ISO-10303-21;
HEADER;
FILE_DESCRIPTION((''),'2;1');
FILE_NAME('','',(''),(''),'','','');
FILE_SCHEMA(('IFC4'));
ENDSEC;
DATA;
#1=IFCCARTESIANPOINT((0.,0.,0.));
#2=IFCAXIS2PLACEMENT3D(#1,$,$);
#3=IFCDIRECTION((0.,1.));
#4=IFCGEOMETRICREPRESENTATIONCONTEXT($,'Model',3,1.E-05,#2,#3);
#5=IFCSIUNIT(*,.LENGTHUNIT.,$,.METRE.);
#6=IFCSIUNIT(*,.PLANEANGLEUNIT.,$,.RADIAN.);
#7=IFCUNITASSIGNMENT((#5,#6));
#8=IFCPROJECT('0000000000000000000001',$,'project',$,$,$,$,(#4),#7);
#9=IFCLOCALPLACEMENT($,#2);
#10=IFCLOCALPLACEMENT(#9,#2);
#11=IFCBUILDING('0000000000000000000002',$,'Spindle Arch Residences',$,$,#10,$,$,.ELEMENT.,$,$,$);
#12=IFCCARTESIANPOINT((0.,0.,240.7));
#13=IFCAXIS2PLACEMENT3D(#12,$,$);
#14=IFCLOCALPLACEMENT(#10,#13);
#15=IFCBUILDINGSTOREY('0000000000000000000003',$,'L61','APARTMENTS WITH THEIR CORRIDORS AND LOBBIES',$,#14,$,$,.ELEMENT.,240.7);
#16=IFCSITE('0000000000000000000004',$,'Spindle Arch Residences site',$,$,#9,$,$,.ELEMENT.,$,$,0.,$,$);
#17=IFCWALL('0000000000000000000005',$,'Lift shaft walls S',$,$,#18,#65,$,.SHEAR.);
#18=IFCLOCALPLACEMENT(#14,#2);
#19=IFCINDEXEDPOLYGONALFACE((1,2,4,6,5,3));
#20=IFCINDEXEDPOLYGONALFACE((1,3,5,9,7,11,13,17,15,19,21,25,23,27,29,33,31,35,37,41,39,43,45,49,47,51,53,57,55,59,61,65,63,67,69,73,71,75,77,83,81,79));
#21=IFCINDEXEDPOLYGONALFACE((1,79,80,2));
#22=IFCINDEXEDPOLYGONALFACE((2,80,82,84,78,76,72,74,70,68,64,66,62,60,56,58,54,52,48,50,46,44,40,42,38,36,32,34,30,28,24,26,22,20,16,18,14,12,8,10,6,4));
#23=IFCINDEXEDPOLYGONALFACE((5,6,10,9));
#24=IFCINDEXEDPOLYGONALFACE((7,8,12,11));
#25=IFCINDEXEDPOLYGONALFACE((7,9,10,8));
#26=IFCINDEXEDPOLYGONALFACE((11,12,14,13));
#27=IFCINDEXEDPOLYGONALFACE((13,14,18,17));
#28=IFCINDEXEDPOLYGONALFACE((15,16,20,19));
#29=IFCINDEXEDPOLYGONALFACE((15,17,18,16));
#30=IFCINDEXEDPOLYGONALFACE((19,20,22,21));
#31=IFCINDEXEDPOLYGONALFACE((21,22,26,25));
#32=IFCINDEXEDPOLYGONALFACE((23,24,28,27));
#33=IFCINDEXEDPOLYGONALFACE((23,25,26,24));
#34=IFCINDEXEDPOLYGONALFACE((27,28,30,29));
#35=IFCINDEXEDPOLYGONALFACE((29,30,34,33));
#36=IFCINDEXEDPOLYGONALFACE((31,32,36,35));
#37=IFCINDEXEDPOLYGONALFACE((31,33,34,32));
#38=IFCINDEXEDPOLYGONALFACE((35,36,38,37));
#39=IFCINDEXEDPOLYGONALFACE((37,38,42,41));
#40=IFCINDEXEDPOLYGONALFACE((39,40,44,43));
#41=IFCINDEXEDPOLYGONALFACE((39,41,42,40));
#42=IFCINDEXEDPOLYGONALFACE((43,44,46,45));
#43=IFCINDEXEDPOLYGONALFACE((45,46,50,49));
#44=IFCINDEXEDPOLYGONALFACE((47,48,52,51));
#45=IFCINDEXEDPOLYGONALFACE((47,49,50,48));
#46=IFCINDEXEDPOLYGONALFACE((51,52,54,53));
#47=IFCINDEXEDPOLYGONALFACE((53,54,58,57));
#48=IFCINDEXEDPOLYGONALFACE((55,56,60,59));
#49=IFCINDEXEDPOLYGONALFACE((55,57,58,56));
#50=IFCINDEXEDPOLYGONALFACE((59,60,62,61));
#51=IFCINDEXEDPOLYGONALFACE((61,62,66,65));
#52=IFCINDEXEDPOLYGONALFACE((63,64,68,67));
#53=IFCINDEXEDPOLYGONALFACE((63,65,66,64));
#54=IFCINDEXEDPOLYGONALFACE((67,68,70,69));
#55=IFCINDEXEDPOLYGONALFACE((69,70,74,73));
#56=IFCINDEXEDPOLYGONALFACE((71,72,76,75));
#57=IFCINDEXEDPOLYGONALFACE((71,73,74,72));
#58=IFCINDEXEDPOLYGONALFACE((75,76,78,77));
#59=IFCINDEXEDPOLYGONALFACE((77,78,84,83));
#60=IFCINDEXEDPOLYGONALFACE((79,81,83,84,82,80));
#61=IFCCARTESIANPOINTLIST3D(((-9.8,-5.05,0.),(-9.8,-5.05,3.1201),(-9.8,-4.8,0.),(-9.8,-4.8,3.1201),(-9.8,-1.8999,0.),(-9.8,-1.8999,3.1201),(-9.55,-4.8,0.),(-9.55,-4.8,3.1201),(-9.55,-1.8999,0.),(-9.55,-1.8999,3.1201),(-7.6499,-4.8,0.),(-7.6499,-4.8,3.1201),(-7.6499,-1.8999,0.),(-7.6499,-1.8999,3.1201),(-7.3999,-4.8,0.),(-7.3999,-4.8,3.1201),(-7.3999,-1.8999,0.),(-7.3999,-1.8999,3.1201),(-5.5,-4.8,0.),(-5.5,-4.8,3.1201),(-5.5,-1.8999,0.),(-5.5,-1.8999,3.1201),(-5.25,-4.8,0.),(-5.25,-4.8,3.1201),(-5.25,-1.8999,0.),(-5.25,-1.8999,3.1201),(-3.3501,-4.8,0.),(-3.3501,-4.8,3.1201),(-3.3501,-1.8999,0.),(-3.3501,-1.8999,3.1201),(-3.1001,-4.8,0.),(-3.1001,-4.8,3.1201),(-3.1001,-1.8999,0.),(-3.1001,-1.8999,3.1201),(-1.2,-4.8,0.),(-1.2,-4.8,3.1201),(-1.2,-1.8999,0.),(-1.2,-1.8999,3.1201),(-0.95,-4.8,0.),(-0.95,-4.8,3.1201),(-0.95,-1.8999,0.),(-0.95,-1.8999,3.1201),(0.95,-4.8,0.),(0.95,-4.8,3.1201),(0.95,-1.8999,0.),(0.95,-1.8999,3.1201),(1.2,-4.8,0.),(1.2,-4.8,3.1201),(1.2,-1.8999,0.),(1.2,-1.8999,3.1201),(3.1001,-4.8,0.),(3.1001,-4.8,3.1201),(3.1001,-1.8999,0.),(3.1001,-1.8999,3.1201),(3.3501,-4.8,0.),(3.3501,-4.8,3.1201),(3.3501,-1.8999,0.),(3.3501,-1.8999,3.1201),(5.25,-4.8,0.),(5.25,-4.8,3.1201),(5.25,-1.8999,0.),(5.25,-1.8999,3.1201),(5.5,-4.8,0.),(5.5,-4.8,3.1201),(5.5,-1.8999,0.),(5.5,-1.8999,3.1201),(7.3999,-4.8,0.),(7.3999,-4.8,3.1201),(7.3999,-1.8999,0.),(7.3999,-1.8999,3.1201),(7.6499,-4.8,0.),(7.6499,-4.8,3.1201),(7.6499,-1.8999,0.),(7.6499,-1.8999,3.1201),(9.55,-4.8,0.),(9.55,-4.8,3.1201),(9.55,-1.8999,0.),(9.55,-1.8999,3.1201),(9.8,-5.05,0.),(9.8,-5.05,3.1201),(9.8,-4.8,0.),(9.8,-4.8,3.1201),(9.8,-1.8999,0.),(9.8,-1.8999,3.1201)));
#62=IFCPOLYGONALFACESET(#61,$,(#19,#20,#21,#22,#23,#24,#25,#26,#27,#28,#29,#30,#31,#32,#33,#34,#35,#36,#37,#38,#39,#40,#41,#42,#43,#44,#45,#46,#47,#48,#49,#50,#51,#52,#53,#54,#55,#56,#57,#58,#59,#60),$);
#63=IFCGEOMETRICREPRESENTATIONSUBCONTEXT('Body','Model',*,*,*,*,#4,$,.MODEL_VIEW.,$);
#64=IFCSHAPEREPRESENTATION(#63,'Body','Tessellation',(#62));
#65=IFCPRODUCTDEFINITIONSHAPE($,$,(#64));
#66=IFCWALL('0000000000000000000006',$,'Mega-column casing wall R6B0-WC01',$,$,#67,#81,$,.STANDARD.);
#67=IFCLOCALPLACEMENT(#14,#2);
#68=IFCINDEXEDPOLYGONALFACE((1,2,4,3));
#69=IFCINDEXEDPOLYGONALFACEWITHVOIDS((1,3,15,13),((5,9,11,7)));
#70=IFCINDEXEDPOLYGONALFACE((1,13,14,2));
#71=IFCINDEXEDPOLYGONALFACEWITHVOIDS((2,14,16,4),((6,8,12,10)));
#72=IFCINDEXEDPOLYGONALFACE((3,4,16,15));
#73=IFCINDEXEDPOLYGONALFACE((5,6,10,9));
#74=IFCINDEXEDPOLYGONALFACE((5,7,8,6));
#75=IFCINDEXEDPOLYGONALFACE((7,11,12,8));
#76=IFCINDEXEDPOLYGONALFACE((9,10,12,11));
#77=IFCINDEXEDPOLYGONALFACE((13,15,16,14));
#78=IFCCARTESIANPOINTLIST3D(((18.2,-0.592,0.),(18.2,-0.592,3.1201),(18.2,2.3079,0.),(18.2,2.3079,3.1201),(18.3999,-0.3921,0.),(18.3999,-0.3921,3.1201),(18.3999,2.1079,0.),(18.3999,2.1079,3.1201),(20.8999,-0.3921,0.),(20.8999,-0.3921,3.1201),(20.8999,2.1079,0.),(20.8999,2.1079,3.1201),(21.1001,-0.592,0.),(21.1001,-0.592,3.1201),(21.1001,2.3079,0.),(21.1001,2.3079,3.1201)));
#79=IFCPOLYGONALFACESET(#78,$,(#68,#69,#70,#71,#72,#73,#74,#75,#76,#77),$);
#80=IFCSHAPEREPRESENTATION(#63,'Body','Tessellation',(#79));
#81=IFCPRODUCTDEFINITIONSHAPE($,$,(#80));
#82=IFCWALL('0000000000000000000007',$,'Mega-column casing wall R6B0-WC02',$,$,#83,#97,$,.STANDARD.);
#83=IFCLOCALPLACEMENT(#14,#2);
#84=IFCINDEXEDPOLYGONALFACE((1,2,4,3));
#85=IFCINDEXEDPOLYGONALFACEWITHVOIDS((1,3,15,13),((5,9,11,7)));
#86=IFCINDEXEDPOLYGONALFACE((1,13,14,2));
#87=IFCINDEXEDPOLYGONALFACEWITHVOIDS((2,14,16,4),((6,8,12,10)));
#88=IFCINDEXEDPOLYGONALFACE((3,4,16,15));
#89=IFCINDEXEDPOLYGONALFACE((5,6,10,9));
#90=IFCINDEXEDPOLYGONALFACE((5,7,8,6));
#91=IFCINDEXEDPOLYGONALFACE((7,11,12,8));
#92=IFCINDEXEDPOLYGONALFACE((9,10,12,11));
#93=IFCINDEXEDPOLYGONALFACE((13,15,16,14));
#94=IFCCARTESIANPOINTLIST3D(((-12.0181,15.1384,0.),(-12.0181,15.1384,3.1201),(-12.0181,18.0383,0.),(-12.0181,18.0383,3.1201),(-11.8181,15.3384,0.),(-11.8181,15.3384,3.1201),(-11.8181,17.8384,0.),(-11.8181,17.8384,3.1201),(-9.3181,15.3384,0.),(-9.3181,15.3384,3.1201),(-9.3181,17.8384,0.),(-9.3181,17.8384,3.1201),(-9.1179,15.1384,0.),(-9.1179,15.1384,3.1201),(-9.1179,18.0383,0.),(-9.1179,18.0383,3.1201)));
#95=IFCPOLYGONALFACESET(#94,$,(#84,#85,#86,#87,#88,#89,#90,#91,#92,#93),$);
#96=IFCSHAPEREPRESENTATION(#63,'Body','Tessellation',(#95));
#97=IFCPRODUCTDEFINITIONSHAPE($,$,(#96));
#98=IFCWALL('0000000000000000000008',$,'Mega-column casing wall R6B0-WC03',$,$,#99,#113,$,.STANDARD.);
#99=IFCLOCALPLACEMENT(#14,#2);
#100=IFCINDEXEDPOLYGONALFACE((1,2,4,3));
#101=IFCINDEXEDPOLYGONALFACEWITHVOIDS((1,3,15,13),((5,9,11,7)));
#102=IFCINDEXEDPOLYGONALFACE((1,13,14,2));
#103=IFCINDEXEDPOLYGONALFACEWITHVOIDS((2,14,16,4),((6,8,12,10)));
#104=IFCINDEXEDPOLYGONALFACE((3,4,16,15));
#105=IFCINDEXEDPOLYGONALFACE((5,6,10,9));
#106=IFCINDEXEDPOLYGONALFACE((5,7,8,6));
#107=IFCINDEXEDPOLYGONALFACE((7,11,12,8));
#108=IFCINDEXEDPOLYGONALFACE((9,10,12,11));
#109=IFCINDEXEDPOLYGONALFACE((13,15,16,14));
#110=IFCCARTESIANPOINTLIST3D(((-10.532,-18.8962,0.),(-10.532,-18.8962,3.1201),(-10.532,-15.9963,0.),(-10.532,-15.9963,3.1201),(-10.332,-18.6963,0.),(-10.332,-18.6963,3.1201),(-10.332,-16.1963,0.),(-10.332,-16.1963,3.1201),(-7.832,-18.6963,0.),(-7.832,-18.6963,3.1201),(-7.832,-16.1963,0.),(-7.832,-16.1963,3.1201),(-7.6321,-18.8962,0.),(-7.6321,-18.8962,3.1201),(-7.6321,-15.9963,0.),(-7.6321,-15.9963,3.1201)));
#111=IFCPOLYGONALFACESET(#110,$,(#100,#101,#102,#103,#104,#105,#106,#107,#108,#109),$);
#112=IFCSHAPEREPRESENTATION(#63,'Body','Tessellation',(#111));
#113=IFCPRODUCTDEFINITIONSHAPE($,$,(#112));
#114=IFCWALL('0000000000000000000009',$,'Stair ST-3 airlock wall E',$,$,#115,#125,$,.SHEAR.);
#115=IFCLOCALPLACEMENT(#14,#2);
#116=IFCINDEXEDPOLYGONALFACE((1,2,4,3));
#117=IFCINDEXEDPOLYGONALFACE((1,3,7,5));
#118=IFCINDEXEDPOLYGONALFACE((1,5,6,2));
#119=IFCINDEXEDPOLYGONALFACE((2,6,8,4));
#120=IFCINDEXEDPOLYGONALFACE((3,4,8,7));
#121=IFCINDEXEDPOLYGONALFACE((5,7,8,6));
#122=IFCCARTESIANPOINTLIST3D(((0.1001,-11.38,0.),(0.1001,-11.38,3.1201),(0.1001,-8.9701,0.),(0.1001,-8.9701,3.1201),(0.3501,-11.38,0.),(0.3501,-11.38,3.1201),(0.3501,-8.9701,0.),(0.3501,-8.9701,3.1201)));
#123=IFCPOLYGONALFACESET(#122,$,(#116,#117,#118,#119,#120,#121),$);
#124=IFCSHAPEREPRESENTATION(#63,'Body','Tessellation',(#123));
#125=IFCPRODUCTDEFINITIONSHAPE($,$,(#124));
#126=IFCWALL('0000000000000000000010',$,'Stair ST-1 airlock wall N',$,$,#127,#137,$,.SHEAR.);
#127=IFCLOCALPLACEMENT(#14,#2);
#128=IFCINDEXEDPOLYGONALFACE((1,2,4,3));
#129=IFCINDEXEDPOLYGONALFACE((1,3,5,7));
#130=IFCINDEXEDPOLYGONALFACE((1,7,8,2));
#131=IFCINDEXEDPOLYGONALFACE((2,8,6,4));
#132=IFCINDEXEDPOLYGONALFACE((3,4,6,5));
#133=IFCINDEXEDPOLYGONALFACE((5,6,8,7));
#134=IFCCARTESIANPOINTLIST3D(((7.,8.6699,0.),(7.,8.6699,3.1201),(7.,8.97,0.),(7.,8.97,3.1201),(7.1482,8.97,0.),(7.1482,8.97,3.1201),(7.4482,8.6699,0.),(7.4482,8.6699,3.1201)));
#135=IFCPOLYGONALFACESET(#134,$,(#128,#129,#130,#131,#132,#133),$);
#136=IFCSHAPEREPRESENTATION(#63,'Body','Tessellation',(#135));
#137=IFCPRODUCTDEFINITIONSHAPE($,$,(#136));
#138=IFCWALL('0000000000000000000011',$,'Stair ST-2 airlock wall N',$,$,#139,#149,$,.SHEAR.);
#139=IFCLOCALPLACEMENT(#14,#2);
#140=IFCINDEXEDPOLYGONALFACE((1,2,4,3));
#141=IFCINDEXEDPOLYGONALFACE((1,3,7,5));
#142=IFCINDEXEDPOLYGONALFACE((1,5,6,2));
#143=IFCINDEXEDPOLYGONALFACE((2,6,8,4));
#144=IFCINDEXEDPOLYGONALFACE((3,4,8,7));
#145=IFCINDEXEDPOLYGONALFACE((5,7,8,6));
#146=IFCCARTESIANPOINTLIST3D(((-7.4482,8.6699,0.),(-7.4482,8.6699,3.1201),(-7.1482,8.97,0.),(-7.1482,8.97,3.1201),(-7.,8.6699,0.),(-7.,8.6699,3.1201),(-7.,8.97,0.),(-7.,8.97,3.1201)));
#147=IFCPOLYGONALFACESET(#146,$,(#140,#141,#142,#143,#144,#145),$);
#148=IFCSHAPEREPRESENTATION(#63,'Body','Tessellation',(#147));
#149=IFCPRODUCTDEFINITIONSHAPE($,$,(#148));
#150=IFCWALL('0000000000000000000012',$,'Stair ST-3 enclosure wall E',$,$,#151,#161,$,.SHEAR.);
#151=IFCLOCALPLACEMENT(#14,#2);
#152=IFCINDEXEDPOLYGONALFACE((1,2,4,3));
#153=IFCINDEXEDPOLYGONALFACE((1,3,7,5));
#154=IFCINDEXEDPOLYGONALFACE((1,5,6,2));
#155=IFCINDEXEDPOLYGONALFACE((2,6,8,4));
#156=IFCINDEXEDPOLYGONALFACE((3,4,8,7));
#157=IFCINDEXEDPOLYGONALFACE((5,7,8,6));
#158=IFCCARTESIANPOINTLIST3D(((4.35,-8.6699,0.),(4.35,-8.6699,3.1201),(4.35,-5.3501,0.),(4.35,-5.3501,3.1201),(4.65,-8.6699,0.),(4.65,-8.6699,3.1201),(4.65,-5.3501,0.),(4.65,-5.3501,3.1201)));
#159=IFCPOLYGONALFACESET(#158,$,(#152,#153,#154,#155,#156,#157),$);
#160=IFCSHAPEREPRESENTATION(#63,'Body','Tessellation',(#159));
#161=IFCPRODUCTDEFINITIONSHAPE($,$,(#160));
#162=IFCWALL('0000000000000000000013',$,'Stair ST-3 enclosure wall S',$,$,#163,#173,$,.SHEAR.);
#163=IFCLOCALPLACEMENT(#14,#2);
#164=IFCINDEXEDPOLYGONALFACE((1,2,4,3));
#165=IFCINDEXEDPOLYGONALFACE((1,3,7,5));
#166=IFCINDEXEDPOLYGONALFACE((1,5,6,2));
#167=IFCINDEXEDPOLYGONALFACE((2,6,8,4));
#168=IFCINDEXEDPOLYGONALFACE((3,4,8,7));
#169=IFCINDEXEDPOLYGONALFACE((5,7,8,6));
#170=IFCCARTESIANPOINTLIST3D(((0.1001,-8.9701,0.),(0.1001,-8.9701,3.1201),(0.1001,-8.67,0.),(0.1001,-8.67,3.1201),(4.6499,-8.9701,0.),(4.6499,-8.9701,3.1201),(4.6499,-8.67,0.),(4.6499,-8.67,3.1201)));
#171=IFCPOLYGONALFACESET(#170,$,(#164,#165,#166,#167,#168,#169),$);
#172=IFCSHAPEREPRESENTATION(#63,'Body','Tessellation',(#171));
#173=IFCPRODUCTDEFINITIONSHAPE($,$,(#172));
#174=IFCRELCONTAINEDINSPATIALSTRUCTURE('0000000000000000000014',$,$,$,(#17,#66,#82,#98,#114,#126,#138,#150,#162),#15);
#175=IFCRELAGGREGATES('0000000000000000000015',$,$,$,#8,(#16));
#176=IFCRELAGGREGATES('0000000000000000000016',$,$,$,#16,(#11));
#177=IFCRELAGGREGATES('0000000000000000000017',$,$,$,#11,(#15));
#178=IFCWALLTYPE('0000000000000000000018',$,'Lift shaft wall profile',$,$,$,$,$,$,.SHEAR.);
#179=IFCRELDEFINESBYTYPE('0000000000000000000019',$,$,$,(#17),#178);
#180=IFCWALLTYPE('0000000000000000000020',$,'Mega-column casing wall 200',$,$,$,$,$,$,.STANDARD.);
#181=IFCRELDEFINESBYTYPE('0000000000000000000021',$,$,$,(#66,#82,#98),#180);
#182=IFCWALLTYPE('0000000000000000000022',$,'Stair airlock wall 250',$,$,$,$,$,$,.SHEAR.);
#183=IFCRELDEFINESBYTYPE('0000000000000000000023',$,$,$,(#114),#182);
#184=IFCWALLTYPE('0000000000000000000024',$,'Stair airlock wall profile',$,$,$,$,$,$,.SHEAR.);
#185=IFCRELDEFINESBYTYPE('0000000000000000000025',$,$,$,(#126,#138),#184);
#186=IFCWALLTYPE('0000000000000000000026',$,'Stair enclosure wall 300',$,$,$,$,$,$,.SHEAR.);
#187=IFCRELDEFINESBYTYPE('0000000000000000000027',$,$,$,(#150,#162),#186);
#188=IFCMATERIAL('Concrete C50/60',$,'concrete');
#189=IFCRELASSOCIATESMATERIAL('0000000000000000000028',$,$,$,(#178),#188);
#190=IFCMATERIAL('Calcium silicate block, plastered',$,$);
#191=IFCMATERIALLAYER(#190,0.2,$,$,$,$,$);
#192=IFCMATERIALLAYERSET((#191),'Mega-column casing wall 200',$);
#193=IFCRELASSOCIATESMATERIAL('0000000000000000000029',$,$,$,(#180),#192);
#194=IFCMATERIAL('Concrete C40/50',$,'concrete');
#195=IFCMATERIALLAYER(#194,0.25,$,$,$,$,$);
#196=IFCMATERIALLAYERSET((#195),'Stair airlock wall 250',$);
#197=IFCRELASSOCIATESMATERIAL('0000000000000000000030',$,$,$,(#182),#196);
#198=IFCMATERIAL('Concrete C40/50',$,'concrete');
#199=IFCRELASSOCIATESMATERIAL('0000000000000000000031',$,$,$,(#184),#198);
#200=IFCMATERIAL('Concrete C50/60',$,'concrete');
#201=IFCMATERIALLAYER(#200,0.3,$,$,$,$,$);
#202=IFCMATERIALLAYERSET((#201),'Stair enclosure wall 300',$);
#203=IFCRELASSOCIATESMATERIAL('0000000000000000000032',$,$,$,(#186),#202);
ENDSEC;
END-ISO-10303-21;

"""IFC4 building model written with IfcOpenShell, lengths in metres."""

from ifc_helpers import new_model, si_unit, direction, frame, frame_2d, origin, place, context, subcontext, project, spatial, polyline, rectangle, outline, extrude, material, layer, layer_set, type_object, element, save


model = new_model("IFC4")

# Units and contexts
model_context = context("Model", 3, precision=1e-05, world=origin(), true_north=direction((0.0, 1.0)))
body_context = subcontext(model_context, "Body", "Model", "MODEL_VIEW")
ifc_project = project(units=[si_unit("LENGTHUNIT", "METRE"), si_unit("PLANEANGLEUNIT", "RADIAN")], contexts=[model_context])

# Site, building, storey
site_placement = place(None, origin())
site = spatial("IfcSite", under=ifc_project, at=site_placement, Name="Spindle Arch Residences site", CompositionType="ELEMENT", RefElevation=0.0)
building_placement = place(site_placement, origin())
building = spatial("IfcBuilding", under=site, at=building_placement, Name="Spindle Arch Residences", CompositionType="ELEMENT")
storey_placement = place(building_placement, frame((0.0, 0.0, 240.7)))
storey = spatial("IfcBuildingStorey", under=building, at=storey_placement, Name="L61", Description="APARTMENTS WITH THEIR CORRIDORS AND LOBBIES", CompositionType="ELEMENT", Elevation=240.7)

# Walls
ifc_material_1 = material(Name="Concrete C50/60", Category="concrete")
wall_type_1 = type_object("IfcWallType", Name="Lift shaft wall profile", PredefinedType="SHEAR", material=ifc_material_1)
wall_1_placement = place(storey_placement, origin())
element("IfcWall", 1, at=wall_1_placement, inside=storey, type_object=wall_type_1, Name="Lift shaft walls S", PredefinedType="SHEAR", context=body_context, shape_type="SweptSolid", body=[
    extrude(outline(polyline([(9.8, -5.05), (9.8, -4.8), (9.8, -1.8999), (9.55, -1.8999), (9.55, -4.8), (7.6499, -4.8), (7.6499, -1.8999), (7.3999, -1.8999), (7.3999, -4.8), (5.5, -4.8), (5.5, -1.8999), (5.25, -1.8999), (5.25, -4.8), (3.3501, -4.8), (3.3501, -1.8999), (3.1001, -1.8999), (3.1001, -4.8), (1.2, -4.8), (1.2, -1.8999), (0.95, -1.8999), (0.95, -4.8), (-0.95, -4.8), (-0.95, -1.8999), (-1.2, -1.8999), (-1.2, -4.8), (-3.1001, -4.8), (-3.1001, -1.8999), (-3.3501, -1.8999), (-3.3501, -4.8), (-5.25, -4.8), (-5.25, -1.8999), (-5.5, -1.8999), (-5.5, -4.8), (-7.3999, -4.8), (-7.3999, -1.8999), (-7.6499, -1.8999), (-7.6499, -4.8), (-9.55, -4.8), (-9.55, -1.8999), (-9.8, -1.8999), (-9.8, -4.8), (-9.8, -5.05), (9.8, -5.05)])), origin(), (0.0, 0.0, 1.0), 3.1201),
])
ifc_material_2 = material(Name="Calcium silicate block, plastered")
ifc_layer_1 = layer(ifc_material_2, 0.2)
ifc_layer_set_1 = layer_set([ifc_layer_1], Name="Mega-column casing wall 200")
wall_type_2 = type_object("IfcWallType", Name="Mega-column casing wall 200", PredefinedType="STANDARD", material=ifc_layer_set_1)
wall_2_placement = place(storey_placement, origin())
element("IfcWall", 2, at=wall_2_placement, inside=storey, type_object=wall_type_2, Name="Mega-column casing wall R6B0-WC01", PredefinedType="STANDARD", context=body_context, shape_type="SweptSolid", body=[
    extrude(outline(polyline([(21.1001, 2.3079), (21.1001, -0.592), (18.2, -0.592), (18.2, 2.3079), (21.1001, 2.3079)]), holes=[polyline([(18.3999, -0.3921), (20.8999, -0.3921), (20.8999, 2.1079), (18.3999, 2.1079), (18.3999, -0.3921)])]), origin(), (0.0, 0.0, 1.0), 3.1201),
])
wall_3_placement = place(storey_placement, origin())
element("IfcWall", 3, at=wall_3_placement, inside=storey, type_object=wall_type_2, Name="Mega-column casing wall R6B0-WC02", PredefinedType="STANDARD", context=body_context, shape_type="SweptSolid", body=[
    extrude(outline(polyline([(-9.1179, 18.0383), (-9.1179, 15.1384), (-12.0181, 15.1384), (-12.0181, 18.0383), (-9.1179, 18.0383)]), holes=[polyline([(-11.8181, 15.3384), (-9.3181, 15.3384), (-9.3181, 17.8384), (-11.8181, 17.8384), (-11.8181, 15.3384)])]), origin(), (0.0, 0.0, 1.0), 3.1201),
])
wall_4_placement = place(storey_placement, origin())
element("IfcWall", 4, at=wall_4_placement, inside=storey, type_object=wall_type_2, Name="Mega-column casing wall R6B0-WC03", PredefinedType="STANDARD", context=body_context, shape_type="SweptSolid", body=[
    extrude(outline(polyline([(-7.6321, -15.9963), (-7.6321, -18.8962), (-10.532, -18.8962), (-10.532, -15.9963), (-7.6321, -15.9963)]), holes=[polyline([(-10.332, -18.6963), (-7.832, -18.6963), (-7.832, -16.1963), (-10.332, -16.1963), (-10.332, -18.6963)])]), origin(), (0.0, 0.0, 1.0), 3.1201),
])
ifc_material_3 = material(Name="Concrete C40/50", Category="concrete")
ifc_layer_2 = layer(ifc_material_3, 0.25)
ifc_layer_set_2 = layer_set([ifc_layer_2], Name="Stair airlock wall 250")
wall_type_3 = type_object("IfcWallType", Name="Stair airlock wall 250", PredefinedType="SHEAR", material=ifc_layer_set_2)
wall_5_placement = place(storey_placement, frame((0.2251, -8.97, 0.0), z_axis=(0.0, 0.0, 1.0), x_axis=(0.0, -1.0, 0.0)))
element("IfcWall", 5, at=wall_5_placement, inside=storey, type_object=wall_type_3, Name="Stair ST-3 airlock wall E", PredefinedType="SHEAR", context=body_context, shape_type="SweptSolid", body=[
    extrude(rectangle(XDim=2.4099, YDim=0.25, at=frame_2d((1.2051, 0.0))), origin(), (0.0, 0.0, 1.0), 3.1201),
])
ifc_material_4 = material(Name="Concrete C40/50", Category="concrete")
wall_type_4 = type_object("IfcWallType", Name="Stair airlock wall profile", PredefinedType="SHEAR", material=ifc_material_4)
wall_6_placement = place(storey_placement, origin())
element("IfcWall", 6, at=wall_6_placement, inside=storey, type_object=wall_type_4, Name="Stair ST-1 airlock wall N", PredefinedType="SHEAR", context=body_context, shape_type="SweptSolid", body=[
    extrude(outline(polyline([(7.4482, 8.6699), (7.0, 8.6699), (7.0, 8.97), (7.1482, 8.97), (7.4482, 8.6699)])), origin(), (0.0, 0.0, 1.0), 3.1201),
])
wall_7_placement = place(storey_placement, origin())
element("IfcWall", 7, at=wall_7_placement, inside=storey, type_object=wall_type_4, Name="Stair ST-2 airlock wall N", PredefinedType="SHEAR", context=body_context, shape_type="SweptSolid", body=[
    extrude(outline(polyline([(-7.1482, 8.97), (-7.0, 8.97), (-7.0, 8.6699), (-7.4482, 8.6699), (-7.1482, 8.97)])), origin(), (0.0, 0.0, 1.0), 3.1201),
])
ifc_material_5 = material(Name="Concrete C50/60", Category="concrete")
ifc_layer_3 = layer(ifc_material_5, 0.3)
ifc_layer_set_3 = layer_set([ifc_layer_3], Name="Stair enclosure wall 300")
wall_type_5 = type_object("IfcWallType", Name="Stair enclosure wall 300", PredefinedType="SHEAR", material=ifc_layer_set_3)
wall_8_placement = place(storey_placement, frame((4.5, -8.6699, 0.0), z_axis=(0.0, 0.0, 1.0), x_axis=(0.0, 1.0, 0.0)))
element("IfcWall", 8, at=wall_8_placement, inside=storey, type_object=wall_type_5, Name="Stair ST-3 enclosure wall E", PredefinedType="SHEAR", context=body_context, shape_type="SweptSolid", body=[
    extrude(rectangle(XDim=3.3198, YDim=0.3, at=frame_2d((1.6599, 0.0))), origin(), (0.0, 0.0, 1.0), 3.1201),
])
wall_9_placement = place(storey_placement, frame((0.1001, -8.8201, 0.0), z_axis=(0.0, 0.0, 1.0), x_axis=(1.0, 0.0, 0.0)))
element("IfcWall", 9, at=wall_9_placement, inside=storey, type_object=wall_type_5, Name="Stair ST-3 enclosure wall S", PredefinedType="SHEAR", context=body_context, shape_type="SweptSolid", body=[
    extrude(rectangle(XDim=4.5498, YDim=0.3, at=frame_2d((2.2749, 0.0))), origin(), (0.0, 0.0, 1.0), 3.1201),
])

save(model, "model.ifc")
